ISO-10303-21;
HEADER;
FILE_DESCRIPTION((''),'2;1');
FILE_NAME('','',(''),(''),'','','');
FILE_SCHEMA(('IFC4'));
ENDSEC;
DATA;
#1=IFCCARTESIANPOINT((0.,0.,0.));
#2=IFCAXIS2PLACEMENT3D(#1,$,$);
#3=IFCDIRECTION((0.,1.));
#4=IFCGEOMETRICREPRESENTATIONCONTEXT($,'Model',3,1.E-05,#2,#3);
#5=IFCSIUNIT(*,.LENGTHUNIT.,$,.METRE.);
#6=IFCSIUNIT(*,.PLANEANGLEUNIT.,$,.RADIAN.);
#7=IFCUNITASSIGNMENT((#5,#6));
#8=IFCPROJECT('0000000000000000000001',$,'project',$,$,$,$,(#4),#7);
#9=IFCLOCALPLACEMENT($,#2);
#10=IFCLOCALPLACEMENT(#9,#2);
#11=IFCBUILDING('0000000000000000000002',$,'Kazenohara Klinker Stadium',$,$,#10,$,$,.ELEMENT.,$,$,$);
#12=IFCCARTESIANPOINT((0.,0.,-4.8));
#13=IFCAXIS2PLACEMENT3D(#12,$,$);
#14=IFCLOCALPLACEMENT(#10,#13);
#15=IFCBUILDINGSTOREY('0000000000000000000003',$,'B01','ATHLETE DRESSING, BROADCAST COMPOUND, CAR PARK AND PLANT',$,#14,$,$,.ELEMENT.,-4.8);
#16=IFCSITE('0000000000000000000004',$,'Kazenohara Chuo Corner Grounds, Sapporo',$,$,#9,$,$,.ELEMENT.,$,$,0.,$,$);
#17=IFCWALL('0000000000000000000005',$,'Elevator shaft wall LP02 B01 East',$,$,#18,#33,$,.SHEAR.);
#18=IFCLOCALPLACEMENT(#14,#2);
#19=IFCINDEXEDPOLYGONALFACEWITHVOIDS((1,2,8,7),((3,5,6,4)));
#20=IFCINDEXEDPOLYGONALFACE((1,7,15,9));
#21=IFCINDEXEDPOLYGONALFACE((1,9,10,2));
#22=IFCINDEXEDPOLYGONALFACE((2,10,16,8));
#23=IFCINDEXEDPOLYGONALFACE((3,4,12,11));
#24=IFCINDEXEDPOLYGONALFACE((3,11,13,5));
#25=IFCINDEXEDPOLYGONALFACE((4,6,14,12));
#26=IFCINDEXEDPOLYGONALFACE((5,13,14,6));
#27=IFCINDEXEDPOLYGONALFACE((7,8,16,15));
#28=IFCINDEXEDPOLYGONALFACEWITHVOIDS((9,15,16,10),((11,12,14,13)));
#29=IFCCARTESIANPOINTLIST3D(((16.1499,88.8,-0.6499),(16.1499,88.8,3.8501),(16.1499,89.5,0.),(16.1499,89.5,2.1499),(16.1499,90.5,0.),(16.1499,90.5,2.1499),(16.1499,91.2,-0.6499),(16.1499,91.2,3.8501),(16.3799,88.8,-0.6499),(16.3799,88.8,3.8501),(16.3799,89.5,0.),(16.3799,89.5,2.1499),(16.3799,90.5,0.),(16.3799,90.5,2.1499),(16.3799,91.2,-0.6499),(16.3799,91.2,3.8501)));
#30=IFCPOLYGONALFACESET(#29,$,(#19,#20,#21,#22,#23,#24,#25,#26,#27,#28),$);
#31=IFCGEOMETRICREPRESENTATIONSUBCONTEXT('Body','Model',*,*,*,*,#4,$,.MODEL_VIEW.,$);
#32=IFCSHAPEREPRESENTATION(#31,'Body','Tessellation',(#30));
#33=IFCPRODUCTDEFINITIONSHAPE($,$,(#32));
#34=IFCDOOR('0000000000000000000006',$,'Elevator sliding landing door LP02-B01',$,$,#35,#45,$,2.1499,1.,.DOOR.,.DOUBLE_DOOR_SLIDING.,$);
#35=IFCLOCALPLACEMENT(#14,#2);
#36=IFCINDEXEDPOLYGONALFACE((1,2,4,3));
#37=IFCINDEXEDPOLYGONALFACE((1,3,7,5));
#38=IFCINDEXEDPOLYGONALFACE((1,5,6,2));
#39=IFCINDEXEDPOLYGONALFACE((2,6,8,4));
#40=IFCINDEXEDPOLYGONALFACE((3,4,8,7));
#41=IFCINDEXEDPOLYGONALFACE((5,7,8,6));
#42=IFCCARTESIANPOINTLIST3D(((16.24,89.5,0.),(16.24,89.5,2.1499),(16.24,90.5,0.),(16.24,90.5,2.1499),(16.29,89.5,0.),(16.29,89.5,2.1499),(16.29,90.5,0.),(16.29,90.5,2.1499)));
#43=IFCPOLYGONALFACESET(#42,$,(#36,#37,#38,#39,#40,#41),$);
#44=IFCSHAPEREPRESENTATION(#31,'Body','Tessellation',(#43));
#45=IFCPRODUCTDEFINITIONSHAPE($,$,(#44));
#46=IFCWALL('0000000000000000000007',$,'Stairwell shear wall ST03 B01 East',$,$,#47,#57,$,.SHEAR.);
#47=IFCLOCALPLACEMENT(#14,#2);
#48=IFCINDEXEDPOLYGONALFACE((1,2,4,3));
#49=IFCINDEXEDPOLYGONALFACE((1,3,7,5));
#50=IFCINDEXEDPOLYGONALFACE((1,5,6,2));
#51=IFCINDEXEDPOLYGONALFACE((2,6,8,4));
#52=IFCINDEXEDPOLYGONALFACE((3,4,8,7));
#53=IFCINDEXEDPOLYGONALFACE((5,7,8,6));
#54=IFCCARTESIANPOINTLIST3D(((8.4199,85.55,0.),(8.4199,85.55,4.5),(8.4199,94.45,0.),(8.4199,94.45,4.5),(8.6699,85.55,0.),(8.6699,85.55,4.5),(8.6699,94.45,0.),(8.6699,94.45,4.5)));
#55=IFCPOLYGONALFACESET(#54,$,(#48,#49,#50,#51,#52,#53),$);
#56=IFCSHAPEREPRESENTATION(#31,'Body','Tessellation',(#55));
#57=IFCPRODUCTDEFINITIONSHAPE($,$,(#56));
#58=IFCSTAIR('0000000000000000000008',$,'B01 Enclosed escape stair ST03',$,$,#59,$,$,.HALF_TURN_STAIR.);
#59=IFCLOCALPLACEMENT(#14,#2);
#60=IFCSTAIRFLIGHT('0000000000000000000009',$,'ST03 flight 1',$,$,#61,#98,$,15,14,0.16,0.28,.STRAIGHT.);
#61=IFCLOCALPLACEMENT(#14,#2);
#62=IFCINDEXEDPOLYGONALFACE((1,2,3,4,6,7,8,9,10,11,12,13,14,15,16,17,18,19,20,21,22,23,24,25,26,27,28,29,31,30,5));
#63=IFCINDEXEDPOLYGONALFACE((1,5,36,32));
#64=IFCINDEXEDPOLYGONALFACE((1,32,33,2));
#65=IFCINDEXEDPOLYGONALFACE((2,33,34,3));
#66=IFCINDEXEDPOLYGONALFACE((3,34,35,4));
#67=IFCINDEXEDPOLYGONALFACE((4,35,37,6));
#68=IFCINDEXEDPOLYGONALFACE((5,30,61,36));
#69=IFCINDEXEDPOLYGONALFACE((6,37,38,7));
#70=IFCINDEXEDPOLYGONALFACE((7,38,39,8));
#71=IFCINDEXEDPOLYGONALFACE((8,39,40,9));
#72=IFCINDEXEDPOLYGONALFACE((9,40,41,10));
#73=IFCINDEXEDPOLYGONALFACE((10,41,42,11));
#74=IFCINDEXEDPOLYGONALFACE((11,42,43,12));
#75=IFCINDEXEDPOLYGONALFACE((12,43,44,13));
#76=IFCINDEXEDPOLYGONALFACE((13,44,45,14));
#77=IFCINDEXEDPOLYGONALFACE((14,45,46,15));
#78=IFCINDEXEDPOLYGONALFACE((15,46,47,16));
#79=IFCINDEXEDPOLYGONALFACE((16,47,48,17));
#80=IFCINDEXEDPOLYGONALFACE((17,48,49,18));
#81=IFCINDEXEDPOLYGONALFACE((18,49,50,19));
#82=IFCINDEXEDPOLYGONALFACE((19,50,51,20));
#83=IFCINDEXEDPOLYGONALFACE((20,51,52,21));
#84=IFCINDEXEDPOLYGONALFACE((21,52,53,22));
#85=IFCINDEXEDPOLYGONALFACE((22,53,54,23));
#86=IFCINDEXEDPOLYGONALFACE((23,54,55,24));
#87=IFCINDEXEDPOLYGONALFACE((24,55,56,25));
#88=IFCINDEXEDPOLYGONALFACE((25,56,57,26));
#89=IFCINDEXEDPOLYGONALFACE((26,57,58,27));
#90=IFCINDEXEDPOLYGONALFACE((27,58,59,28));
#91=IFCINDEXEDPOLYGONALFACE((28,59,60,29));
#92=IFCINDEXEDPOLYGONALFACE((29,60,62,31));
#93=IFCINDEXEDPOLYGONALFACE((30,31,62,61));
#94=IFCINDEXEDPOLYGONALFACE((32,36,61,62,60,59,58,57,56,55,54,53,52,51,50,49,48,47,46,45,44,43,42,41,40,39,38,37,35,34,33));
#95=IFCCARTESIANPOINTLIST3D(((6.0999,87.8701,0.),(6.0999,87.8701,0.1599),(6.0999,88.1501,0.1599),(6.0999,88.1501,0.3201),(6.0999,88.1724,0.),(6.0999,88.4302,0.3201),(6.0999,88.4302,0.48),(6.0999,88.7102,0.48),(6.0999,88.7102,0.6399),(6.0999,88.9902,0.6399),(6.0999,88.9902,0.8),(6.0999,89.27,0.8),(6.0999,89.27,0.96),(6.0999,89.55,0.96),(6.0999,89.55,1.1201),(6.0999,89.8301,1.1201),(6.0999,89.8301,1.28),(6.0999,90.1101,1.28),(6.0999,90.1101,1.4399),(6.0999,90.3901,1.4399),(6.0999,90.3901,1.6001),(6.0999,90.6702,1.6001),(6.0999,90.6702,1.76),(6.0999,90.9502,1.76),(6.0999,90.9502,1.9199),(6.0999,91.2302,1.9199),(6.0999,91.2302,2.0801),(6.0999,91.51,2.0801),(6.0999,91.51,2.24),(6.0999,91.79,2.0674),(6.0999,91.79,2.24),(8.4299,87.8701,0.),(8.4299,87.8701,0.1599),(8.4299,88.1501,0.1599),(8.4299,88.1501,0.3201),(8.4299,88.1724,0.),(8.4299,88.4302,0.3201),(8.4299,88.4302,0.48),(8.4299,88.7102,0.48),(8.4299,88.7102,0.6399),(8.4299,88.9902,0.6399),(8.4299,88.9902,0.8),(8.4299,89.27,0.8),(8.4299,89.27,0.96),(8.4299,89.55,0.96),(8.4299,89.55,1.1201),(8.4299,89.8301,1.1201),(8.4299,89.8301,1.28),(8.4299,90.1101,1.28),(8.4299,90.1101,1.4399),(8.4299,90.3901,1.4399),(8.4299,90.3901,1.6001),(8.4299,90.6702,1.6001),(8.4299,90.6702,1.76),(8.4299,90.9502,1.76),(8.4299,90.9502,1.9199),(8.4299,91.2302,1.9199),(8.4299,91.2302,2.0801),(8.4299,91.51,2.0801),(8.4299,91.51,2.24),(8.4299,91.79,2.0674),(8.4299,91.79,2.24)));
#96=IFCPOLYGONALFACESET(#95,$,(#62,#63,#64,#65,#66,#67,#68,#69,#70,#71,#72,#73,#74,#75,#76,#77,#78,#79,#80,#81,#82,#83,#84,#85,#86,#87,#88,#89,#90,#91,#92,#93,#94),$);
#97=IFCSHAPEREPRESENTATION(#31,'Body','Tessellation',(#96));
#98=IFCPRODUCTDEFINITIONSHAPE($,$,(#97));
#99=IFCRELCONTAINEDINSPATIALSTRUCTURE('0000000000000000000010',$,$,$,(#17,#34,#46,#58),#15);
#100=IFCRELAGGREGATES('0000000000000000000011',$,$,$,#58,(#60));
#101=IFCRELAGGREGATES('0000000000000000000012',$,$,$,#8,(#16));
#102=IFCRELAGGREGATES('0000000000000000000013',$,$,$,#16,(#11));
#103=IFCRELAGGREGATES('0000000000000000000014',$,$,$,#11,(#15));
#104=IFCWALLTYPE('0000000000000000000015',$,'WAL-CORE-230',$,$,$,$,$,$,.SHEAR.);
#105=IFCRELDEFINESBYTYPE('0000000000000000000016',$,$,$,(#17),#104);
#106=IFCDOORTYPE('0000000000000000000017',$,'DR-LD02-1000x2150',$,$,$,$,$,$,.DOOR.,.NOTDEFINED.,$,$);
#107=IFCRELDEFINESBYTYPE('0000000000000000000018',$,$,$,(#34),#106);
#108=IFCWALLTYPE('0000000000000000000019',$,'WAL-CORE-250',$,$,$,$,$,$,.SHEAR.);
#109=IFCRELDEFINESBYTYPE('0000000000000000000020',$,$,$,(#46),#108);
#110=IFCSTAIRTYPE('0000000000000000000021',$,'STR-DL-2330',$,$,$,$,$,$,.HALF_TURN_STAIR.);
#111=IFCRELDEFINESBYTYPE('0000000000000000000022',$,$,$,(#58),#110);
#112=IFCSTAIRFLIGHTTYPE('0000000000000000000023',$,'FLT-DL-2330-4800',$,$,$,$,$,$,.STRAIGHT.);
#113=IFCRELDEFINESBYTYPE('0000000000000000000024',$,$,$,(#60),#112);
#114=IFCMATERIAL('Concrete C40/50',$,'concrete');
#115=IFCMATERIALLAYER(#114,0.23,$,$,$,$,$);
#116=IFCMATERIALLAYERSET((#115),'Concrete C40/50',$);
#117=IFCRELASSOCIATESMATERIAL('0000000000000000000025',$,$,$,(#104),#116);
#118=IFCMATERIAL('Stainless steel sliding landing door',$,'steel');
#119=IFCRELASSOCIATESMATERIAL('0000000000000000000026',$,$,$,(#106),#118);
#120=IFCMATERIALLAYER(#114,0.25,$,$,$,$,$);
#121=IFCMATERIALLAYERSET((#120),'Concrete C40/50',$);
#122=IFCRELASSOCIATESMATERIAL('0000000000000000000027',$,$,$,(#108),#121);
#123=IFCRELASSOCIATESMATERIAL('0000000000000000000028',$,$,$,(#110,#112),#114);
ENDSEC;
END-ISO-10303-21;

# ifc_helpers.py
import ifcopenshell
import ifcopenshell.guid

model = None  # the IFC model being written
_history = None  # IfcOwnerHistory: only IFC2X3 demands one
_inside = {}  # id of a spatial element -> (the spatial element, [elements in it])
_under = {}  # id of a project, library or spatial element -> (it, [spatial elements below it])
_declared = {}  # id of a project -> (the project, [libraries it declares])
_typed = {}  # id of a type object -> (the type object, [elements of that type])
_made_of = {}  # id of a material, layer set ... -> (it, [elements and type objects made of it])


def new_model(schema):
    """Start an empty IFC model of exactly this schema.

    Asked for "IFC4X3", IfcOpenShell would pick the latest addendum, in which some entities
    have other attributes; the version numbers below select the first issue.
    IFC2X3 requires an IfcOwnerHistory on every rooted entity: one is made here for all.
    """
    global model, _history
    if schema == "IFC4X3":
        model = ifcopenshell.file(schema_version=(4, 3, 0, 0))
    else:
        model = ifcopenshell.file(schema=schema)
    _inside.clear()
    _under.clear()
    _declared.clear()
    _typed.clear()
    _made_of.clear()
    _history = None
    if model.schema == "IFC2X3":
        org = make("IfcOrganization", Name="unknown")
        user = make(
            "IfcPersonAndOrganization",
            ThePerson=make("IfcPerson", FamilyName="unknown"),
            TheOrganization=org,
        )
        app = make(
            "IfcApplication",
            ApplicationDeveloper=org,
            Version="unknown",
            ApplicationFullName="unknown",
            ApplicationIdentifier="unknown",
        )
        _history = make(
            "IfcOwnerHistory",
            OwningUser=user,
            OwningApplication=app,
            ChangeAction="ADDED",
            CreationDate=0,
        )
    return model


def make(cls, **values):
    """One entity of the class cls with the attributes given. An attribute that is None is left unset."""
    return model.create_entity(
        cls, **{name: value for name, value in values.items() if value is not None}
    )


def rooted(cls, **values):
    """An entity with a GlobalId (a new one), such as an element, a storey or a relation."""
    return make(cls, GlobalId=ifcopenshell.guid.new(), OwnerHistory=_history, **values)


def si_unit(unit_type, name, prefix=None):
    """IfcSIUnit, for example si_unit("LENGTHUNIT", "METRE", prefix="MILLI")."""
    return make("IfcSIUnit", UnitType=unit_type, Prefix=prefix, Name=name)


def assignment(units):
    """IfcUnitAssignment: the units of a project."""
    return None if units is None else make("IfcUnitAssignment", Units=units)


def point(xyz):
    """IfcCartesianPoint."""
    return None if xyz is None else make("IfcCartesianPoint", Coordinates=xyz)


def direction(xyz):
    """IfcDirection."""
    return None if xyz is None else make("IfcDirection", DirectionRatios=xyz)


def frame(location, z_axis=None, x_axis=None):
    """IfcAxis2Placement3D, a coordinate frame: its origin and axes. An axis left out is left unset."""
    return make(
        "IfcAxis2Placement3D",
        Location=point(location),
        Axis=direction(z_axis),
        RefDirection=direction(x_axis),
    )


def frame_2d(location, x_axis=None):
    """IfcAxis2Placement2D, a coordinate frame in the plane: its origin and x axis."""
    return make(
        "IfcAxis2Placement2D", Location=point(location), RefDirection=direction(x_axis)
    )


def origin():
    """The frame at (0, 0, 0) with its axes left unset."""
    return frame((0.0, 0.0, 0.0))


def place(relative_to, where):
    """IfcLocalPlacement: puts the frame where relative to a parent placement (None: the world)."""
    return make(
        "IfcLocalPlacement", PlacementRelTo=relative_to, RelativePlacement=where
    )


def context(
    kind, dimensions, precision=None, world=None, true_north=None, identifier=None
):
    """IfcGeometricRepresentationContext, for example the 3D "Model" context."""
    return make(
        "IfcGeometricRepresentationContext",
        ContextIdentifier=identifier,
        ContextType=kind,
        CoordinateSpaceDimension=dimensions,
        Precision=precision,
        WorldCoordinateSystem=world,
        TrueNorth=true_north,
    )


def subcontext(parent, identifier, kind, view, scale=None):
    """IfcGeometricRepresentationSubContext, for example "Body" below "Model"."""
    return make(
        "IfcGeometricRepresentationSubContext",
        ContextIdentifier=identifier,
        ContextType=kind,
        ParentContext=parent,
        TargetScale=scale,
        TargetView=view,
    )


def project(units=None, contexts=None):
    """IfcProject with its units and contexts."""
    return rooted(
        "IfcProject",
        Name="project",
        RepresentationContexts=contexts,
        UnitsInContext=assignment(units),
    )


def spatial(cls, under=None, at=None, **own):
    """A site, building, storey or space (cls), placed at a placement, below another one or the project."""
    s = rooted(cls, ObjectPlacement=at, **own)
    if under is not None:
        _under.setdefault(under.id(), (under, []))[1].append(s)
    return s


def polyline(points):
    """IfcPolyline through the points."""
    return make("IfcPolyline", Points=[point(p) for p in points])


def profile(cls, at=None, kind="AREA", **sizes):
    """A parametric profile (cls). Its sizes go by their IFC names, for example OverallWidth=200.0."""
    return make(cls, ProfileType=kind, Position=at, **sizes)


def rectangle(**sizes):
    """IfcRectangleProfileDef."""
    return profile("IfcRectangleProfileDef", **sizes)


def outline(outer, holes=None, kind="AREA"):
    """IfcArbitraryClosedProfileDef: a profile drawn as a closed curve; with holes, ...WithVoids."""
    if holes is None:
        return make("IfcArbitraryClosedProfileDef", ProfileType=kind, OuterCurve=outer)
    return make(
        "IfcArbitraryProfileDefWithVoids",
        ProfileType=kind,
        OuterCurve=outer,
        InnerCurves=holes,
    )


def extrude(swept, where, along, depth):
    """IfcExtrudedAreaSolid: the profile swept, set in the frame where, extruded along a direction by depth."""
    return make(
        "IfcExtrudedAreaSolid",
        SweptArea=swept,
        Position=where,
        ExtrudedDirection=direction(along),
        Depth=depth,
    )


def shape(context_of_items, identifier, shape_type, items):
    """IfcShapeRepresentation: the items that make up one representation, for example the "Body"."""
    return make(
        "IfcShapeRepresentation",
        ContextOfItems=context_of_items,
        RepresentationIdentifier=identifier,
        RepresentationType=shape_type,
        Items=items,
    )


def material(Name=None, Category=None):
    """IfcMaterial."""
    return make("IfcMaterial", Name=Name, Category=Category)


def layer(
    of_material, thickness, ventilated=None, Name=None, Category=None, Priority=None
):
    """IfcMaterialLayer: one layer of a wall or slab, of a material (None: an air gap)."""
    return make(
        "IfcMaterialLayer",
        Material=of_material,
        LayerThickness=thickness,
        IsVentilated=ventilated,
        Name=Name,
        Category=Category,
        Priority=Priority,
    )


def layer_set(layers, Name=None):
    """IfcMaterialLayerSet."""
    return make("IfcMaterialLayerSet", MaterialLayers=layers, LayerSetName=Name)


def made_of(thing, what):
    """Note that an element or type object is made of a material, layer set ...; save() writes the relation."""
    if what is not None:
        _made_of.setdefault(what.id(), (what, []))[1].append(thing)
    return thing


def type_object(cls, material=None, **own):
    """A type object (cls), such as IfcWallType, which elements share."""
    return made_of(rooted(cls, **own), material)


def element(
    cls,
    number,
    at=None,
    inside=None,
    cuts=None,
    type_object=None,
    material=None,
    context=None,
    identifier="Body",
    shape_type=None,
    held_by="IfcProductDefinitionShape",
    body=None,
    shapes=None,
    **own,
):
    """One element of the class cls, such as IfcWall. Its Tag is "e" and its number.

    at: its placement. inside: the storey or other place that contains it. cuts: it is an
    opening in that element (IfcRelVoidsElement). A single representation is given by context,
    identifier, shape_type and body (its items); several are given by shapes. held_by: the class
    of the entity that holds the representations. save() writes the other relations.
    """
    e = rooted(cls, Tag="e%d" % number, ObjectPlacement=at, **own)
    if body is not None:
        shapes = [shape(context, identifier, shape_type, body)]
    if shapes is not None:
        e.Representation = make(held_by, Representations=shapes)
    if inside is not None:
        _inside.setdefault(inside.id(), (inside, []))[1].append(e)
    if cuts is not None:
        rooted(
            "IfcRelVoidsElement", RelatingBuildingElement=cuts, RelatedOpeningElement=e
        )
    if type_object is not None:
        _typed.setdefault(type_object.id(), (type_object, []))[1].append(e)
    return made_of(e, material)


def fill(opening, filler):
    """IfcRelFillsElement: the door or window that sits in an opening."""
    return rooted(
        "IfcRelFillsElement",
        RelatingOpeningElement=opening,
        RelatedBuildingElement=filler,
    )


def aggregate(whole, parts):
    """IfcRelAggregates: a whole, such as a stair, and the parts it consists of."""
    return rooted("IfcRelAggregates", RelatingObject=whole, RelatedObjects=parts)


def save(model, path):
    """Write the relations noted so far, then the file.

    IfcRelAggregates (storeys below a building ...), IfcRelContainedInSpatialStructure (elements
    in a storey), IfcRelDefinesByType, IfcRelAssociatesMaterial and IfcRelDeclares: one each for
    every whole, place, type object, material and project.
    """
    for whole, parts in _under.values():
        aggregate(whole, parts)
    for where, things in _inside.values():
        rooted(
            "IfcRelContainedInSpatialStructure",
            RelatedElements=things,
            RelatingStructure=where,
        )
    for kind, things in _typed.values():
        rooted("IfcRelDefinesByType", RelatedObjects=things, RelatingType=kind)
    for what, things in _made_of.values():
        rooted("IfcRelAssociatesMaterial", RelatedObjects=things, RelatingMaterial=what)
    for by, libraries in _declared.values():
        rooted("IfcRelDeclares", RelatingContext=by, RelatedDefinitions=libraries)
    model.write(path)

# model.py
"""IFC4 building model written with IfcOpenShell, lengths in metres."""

from ifc_helpers import new_model, si_unit, direction, frame, frame_2d, origin, place, context, subcontext, project, spatial, polyline, rectangle, outline, extrude, material, layer, layer_set, type_object, element, fill, aggregate, save


model = new_model("IFC4")

# Units and contexts
model_context = context("Model", 3, precision=1e-05, world=origin(), true_north=direction((0.0, 1.0)))
body_context = subcontext(model_context, "Body", "Model", "MODEL_VIEW")
ifc_project = project(units=[si_unit("LENGTHUNIT", "METRE"), si_unit("PLANEANGLEUNIT", "RADIAN")], contexts=[model_context])

# Site, building, storey
site_placement = place(None, origin())
site = spatial("IfcSite", under=ifc_project, at=site_placement, Name="Kazenohara Chuo Corner Grounds, Sapporo", CompositionType="ELEMENT", RefElevation=0.0)
building_placement = place(site_placement, origin())
building = spatial("IfcBuilding", under=site, at=building_placement, Name="Kazenohara Klinker Stadium", CompositionType="ELEMENT")
storey_placement = place(building_placement, frame((0.0, 0.0, -4.8)))
storey = spatial("IfcBuildingStorey", under=building, at=storey_placement, Name="B01", Description="ATHLETE DRESSING, BROADCAST COMPOUND, CAR PARK AND PLANT", CompositionType="ELEMENT", Elevation=-4.8)

# Shared definitions
ifc_material_1 = material(Name="Concrete C40/50", Category="concrete")

# Shared definitions
ifc_layer_1 = layer(ifc_material_1, 0.23)
ifc_layer_set_1 = layer_set([ifc_layer_1], Name="Concrete C40/50")
wall_type_1 = type_object("IfcWallType", Name="WAL-CORE-230", PredefinedType="SHEAR", material=ifc_layer_set_1)

# Wall, opening, door
wall_1_placement = place(storey_placement, frame((16.2649, 88.8, -0.6499), z_axis=(0.0, 0.0, 1.0), x_axis=(0.0, 1.0, 0.0)))
wall_1 = element("IfcWall", 1, at=wall_1_placement, inside=storey, type_object=wall_type_1, Name="Elevator shaft wall LP02 B01 East", PredefinedType="SHEAR", context=body_context, shape_type="SweptSolid", body=[
    extrude(rectangle(XDim=2.3999, YDim=0.23, at=frame_2d((1.2, 0.0))), origin(), (0.0, 0.0, 1.0), 4.5),
])
opening_placement = place(wall_1_placement, frame((0.7, 0.0, 0.6499)))
opening = element("IfcOpeningElement", 2, at=opening_placement, cuts=wall_1, PredefinedType="OPENING", context=body_context, shape_type="SweptSolid", body=[
    extrude(rectangle(XDim=1.0, YDim=2.1499, at=frame_2d((0.5, 1.075))), frame((0.0, 0.125, 0.0), z_axis=(0.0, -1.0, 0.0), x_axis=(1.0, 0.0, 0.0)), (0.0, 0.0, 1.0), 0.25),
])
ifc_material_2 = material(Name="Stainless steel sliding landing door", Category="steel")
door_type = type_object("IfcDoorType", Name="DR-LD02-1000x2150", OperationType="NOTDEFINED", PredefinedType="DOOR", material=ifc_material_2)
door_placement = place(opening_placement, origin())
door = element("IfcDoor", 3, at=door_placement, inside=storey, type_object=door_type, Name="Elevator sliding landing door LP02-B01", OperationType="DOUBLE_DOOR_SLIDING", OverallHeight=2.1499, OverallWidth=1.0, PredefinedType="DOOR", context=body_context, shape_type="SweptSolid", body=[
    extrude(rectangle(XDim=1.0, YDim=2.1499, at=frame_2d((0.5, 1.075))), frame((0.0, 0.0249, 0.0), z_axis=(0.0, -1.0, 0.0), x_axis=(1.0, 0.0, 0.0)), (0.0, 0.0, 1.0), 0.05),
])
fill(opening, door)

# Wall
ifc_layer_2 = layer(ifc_material_1, 0.25)
ifc_layer_set_2 = layer_set([ifc_layer_2], Name="Concrete C40/50")
wall_type_2 = type_object("IfcWallType", Name="WAL-CORE-250", PredefinedType="SHEAR", material=ifc_layer_set_2)
wall_2_placement = place(storey_placement, frame((8.5449, 85.55, 0.0), z_axis=(0.0, 0.0, 1.0), x_axis=(0.0, 1.0, 0.0)))
element("IfcWall", 4, at=wall_2_placement, inside=storey, type_object=wall_type_2, Name="Stairwell shear wall ST03 B01 East", PredefinedType="SHEAR", context=body_context, shape_type="SweptSolid", body=[
    extrude(rectangle(XDim=8.8999, YDim=0.25, at=frame_2d((4.45, 0.0))), origin(), (0.0, 0.0, 1.0), 4.5),
])

# Stair, stair flight
stair_type = type_object("IfcStairType", Name="STR-DL-2330", PredefinedType="HALF_TURN_STAIR", material=ifc_material_1)
stair_placement = place(storey_placement, origin())
stair = element("IfcStair", 5, at=stair_placement, inside=storey, type_object=stair_type, Name="B01 Enclosed escape stair ST03", PredefinedType="HALF_TURN_STAIR")
stair_flight_type = type_object("IfcStairFlightType", Name="FLT-DL-2330-4800", PredefinedType="STRAIGHT", material=ifc_material_1)
stair_flight_placement = place(storey_placement, frame((7.2649, 87.8701, 0.0), z_axis=(0.0, 0.0, 1.0), x_axis=(0.0, 1.0, 0.0)))
stair_flight = element("IfcStairFlight", 6, at=stair_flight_placement, type_object=stair_flight_type, Name="ST03 flight 1", NumberOfRisers=15, NumberOfTreads=14, PredefinedType="STRAIGHT", RiserHeight=0.16, TreadLength=0.28, context=body_context, shape_type="SweptSolid", body=[
    extrude(outline(polyline([(0.0, 0.0), (0.0, 0.1599), (0.28, 0.1599), (0.28, 0.3201), (0.5601, 0.3201), (0.5601, 0.48), (0.8401, 0.48), (0.8401, 0.6399), (1.1201, 0.6399), (1.1201, 0.8), (1.3999, 0.8), (1.3999, 0.96), (1.6799, 0.96), (1.6799, 1.1201), (1.96, 1.1201), (1.96, 1.28), (2.24, 1.28), (2.24, 1.4399), (2.52, 1.4399), (2.52, 1.6001), (2.8, 1.6001), (2.8, 1.76), (3.0801, 1.76), (3.0801, 1.9199), (3.3601, 1.9199), (3.3601, 2.0801), (3.6399, 2.0801), (3.6399, 2.24), (3.9199, 2.24), (3.9199, 2.3999), (3.9199, 2.0674), (0.3022, 0.0), (0.0, 0.0)])), frame((0.0, 1.165, 0.0), z_axis=(0.0, -1.0, 0.0), x_axis=(1.0, 0.0, 0.0)), (0.0, 0.0, 1.0), 2.3301),
])
aggregate(stair, [stair_flight])

save(model, "model.ifc")
